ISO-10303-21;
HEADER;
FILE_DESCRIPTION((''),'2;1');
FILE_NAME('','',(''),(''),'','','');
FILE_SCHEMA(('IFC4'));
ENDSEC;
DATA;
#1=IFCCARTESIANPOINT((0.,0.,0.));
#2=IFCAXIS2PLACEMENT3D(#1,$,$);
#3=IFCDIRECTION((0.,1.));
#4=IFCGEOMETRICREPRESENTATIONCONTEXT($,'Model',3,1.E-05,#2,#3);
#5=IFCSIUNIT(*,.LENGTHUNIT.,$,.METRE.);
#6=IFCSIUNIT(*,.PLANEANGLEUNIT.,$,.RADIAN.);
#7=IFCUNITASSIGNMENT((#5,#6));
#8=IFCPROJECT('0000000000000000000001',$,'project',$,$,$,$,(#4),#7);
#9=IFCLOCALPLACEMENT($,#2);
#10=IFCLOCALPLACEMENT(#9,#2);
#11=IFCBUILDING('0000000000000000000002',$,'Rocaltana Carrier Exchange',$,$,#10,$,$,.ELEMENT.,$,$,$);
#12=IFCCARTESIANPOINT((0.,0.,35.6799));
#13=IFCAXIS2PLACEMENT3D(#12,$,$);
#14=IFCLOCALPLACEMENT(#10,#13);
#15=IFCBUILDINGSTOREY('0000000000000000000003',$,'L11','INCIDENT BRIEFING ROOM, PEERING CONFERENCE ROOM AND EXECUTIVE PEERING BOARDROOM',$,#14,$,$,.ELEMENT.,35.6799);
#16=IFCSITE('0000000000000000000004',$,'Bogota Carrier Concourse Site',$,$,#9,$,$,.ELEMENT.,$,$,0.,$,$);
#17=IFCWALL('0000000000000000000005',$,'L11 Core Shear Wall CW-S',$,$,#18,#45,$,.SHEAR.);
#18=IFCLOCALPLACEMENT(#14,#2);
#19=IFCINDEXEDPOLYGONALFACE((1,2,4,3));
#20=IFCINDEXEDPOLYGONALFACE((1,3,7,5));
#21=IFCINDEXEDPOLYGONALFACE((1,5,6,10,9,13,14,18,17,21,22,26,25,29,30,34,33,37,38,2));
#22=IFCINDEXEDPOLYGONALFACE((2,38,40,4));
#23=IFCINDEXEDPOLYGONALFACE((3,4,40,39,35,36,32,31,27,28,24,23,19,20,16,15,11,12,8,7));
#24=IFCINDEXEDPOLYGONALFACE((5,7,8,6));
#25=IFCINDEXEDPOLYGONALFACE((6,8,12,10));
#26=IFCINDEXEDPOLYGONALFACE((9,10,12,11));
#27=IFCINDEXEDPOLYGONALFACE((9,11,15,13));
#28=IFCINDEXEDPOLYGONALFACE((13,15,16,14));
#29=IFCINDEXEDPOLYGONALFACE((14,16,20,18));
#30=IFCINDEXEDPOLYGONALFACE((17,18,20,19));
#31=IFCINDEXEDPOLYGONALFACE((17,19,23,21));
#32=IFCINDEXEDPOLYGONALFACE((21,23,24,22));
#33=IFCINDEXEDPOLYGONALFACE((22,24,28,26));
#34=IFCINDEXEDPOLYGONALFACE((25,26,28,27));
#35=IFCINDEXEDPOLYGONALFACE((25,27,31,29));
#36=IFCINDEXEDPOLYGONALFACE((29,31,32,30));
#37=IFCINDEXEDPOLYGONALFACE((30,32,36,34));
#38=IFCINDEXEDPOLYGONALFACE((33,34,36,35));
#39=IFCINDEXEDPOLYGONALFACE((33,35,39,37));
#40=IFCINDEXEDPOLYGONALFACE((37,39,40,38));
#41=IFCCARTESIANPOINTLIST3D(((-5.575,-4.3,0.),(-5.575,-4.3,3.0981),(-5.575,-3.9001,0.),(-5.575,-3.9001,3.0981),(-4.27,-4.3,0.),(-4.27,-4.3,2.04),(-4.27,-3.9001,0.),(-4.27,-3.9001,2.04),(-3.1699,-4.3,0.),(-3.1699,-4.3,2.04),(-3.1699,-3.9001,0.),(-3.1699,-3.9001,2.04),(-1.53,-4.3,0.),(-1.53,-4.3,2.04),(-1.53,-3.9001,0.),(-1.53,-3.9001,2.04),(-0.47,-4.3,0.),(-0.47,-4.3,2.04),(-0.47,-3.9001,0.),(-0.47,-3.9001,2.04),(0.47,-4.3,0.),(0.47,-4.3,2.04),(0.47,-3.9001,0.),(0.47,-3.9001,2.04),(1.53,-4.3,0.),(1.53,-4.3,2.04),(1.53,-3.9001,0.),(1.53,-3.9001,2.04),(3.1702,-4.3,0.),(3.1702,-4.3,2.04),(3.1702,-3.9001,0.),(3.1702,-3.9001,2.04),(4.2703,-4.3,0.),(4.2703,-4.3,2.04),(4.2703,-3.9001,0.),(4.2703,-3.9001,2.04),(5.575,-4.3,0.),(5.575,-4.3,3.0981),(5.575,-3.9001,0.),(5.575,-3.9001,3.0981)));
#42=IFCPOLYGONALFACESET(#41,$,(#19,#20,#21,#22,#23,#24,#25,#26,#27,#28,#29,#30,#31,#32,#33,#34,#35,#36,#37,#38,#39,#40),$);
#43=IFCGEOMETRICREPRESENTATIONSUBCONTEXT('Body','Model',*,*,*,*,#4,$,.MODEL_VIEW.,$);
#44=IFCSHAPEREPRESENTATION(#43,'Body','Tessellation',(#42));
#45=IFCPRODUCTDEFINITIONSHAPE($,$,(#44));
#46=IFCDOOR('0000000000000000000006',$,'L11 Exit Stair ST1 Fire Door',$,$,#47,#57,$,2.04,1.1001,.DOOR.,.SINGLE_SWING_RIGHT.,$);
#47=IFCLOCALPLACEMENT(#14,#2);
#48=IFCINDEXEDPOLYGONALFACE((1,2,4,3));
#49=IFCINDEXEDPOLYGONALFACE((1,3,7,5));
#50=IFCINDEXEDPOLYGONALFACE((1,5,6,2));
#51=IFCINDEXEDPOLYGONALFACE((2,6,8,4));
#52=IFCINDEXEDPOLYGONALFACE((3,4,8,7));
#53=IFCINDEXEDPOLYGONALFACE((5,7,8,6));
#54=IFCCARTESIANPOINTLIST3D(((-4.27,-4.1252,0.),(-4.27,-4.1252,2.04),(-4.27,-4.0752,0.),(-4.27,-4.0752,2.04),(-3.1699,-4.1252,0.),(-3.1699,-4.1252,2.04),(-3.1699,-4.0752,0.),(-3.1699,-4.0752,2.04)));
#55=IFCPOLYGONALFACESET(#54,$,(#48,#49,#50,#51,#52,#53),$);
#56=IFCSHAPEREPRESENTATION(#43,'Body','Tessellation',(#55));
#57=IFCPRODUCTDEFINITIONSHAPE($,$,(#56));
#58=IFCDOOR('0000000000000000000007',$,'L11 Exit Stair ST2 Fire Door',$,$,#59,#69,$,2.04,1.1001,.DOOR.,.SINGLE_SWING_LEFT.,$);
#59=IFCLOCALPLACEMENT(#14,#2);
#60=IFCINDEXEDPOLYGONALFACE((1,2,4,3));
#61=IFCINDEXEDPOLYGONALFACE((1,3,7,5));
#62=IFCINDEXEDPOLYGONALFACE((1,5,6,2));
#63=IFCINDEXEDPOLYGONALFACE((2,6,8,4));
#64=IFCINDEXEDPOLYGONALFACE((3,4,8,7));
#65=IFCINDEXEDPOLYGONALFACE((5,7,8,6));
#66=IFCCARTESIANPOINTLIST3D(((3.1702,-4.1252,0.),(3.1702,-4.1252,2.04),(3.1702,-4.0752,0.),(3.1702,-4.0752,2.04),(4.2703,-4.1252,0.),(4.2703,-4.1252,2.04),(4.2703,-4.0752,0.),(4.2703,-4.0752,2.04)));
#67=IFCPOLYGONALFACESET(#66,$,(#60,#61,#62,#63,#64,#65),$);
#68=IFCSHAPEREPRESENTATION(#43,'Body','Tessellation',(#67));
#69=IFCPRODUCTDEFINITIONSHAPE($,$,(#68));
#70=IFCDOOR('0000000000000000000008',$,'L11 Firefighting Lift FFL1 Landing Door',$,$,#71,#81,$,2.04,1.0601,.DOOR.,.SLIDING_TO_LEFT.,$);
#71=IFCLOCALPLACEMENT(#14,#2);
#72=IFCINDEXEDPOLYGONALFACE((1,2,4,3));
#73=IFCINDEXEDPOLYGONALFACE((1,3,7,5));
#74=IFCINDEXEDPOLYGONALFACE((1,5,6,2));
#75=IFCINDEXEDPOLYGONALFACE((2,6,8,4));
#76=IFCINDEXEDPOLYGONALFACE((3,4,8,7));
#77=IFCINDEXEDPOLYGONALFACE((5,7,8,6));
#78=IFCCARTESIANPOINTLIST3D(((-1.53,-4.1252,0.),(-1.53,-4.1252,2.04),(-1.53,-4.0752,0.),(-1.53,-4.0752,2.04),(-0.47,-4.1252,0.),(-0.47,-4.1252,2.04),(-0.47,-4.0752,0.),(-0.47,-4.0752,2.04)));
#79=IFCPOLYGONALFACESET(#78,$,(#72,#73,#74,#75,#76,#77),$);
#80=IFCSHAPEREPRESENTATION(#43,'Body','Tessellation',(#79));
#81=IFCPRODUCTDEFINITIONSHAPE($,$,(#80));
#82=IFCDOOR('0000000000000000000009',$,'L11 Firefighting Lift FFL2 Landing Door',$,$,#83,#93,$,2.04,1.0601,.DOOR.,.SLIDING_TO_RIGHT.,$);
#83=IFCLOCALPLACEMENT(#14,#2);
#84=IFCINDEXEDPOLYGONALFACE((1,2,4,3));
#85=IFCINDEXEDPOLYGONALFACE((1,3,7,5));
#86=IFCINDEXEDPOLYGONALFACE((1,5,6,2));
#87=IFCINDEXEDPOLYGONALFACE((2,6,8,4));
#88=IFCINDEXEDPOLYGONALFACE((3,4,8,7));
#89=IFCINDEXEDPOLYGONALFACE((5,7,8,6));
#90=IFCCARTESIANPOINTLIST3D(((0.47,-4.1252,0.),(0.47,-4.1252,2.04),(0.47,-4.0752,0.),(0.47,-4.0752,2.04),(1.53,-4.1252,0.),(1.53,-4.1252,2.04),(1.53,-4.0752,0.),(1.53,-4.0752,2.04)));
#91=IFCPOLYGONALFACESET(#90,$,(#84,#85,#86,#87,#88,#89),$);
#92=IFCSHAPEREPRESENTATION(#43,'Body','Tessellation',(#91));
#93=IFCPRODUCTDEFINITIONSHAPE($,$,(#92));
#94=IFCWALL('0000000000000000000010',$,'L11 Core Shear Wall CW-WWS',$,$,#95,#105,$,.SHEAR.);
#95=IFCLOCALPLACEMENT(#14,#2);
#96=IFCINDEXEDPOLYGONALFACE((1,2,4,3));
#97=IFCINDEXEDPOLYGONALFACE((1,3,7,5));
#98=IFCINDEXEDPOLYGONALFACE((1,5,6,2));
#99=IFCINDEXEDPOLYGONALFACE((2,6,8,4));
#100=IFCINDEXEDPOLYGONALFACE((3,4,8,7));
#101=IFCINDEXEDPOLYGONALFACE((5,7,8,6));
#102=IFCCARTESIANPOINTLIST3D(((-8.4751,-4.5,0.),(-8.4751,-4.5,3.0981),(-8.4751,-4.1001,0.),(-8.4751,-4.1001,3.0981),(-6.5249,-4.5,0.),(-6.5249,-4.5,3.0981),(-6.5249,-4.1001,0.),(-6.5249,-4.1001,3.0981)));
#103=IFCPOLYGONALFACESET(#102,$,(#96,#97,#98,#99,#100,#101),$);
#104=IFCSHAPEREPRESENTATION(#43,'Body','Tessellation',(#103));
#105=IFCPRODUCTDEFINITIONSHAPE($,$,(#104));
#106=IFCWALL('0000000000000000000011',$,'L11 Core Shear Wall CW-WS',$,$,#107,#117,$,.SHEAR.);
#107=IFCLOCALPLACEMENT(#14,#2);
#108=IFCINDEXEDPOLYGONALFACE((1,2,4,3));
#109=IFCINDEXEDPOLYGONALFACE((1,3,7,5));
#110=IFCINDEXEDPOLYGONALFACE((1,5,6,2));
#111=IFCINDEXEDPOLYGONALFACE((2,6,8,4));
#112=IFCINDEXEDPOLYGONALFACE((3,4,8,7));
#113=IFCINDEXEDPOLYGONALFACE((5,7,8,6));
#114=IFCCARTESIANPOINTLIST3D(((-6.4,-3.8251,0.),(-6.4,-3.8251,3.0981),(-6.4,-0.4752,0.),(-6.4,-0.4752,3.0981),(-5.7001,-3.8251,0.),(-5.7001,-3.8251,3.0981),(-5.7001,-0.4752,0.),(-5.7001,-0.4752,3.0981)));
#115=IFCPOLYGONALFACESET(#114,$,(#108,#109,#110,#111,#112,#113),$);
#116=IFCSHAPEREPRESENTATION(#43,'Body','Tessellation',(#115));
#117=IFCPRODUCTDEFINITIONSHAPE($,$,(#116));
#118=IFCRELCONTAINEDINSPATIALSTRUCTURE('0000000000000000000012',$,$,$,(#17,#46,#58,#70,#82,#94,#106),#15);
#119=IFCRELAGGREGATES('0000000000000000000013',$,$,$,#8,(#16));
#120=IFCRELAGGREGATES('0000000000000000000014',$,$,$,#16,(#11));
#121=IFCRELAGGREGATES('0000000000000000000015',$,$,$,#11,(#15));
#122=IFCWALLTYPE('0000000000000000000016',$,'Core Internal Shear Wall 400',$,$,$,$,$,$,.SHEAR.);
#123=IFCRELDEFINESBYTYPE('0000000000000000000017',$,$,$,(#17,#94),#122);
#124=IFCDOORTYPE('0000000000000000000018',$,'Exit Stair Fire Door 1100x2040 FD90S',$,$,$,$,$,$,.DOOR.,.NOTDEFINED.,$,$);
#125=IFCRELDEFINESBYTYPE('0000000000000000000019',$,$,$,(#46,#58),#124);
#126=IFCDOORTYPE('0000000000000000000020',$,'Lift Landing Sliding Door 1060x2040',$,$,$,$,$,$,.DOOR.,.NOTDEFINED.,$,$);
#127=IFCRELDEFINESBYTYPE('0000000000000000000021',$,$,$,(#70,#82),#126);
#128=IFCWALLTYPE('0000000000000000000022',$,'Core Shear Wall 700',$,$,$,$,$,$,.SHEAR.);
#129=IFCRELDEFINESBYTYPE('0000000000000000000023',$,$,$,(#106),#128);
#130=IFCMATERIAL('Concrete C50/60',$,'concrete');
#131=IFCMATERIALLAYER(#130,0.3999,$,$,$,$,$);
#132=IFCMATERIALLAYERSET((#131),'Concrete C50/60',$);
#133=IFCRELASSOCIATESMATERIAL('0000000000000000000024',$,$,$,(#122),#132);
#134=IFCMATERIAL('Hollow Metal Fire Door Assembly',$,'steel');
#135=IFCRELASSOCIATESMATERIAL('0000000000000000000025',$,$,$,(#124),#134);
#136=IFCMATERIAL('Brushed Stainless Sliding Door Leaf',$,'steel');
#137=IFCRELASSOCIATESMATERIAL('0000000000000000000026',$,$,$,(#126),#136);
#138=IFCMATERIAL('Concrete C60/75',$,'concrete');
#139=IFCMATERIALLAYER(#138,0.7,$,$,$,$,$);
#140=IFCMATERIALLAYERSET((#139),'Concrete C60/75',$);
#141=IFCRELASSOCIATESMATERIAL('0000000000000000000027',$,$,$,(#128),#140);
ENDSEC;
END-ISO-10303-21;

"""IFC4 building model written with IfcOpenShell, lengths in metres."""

from ifc_helpers import new_model, si_unit, direction, frame, frame_2d, origin, place, context, subcontext, project, spatial, rectangle, extrude, material, layer, layer_set, type_object, element, fill, save


model = new_model("IFC4")

# Units and contexts
model_context = context("Model", 3, precision=1e-05, world=origin(), true_north=direction((0.0, 1.0)))
body_context = subcontext(model_context, "Body", "Model", "MODEL_VIEW")
ifc_project = project(units=[si_unit("LENGTHUNIT", "METRE"), si_unit("PLANEANGLEUNIT", "RADIAN")], contexts=[model_context])

# Site, building, storey
site_placement = place(None, origin())
site = spatial("IfcSite", under=ifc_project, at=site_placement, Name="Bogota Carrier Concourse Site", CompositionType="ELEMENT", RefElevation=0.0)
building_placement = place(site_placement, origin())
building = spatial("IfcBuilding", under=site, at=building_placement, Name="Rocaltana Carrier Exchange", CompositionType="ELEMENT")
storey_placement = place(building_placement, frame((0.0, 0.0, 35.6799)))
storey = spatial("IfcBuildingStorey", under=building, at=storey_placement, Name="L11", Description="INCIDENT BRIEFING ROOM, PEERING CONFERENCE ROOM AND EXECUTIVE PEERING BOARDROOM", CompositionType="ELEMENT", Elevation=35.6799)

# Wall, openings, doors
ifc_material_1 = material(Name="Concrete C50/60", Category="concrete")
ifc_layer_1 = layer(ifc_material_1, 0.3999)
ifc_layer_set_1 = layer_set([ifc_layer_1], Name="Concrete C50/60")
wall_type_1 = type_object("IfcWallType", Name="Core Internal Shear Wall 400", PredefinedType="SHEAR", material=ifc_layer_set_1)
wall_1_placement = place(storey_placement, frame((-5.575, -4.1001, 0.0), z_axis=(0.0, 0.0, 1.0), x_axis=(1.0, 0.0, 0.0)))
wall_1 = element("IfcWall", 1, at=wall_1_placement, inside=storey, type_object=wall_type_1, Name="L11 Core Shear Wall CW-S", PredefinedType="SHEAR", context=body_context, shape_type="SweptSolid", body=[
    extrude(rectangle(XDim=11.1499, YDim=0.3999, at=frame_2d((5.575, 0.0))), origin(), (0.0, 0.0, 1.0), 3.0981),
])
opening_1_placement = place(wall_1_placement, frame((1.3049, 0.0, 0.0)))
opening_1 = element("IfcOpeningElement", 2, at=opening_1_placement, cuts=wall_1, PredefinedType="OPENING", context=body_context, shape_type="SweptSolid", body=[
    extrude(rectangle(XDim=1.1001, YDim=2.04, at=frame_2d((0.55, 1.02))), frame((0.0, 0.21, 0.0), z_axis=(0.0, -1.0, 0.0), x_axis=(1.0, 0.0, 0.0)), (0.0, 0.0, 1.0), 0.4199),
])
opening_2_placement = place(wall_1_placement, frame((8.7451, 0.0, 0.0)))
opening_2 = element("IfcOpeningElement", 3, at=opening_2_placement, cuts=wall_1, PredefinedType="OPENING", context=body_context, shape_type="SweptSolid", body=[
    extrude(rectangle(XDim=1.1001, YDim=2.04, at=frame_2d((0.55, 1.02))), frame((0.0, 0.21, 0.0), z_axis=(0.0, -1.0, 0.0), x_axis=(1.0, 0.0, 0.0)), (0.0, 0.0, 1.0), 0.4199),
])
opening_3_placement = place(wall_1_placement, frame((4.0449, 0.0, 0.0)))
opening_3 = element("IfcOpeningElement", 4, at=opening_3_placement, cuts=wall_1, PredefinedType="OPENING", context=body_context, shape_type="SweptSolid", body=[
    extrude(rectangle(XDim=1.0601, YDim=2.04, at=frame_2d((0.53, 1.02))), frame((0.0, 0.21, 0.0), z_axis=(0.0, -1.0, 0.0), x_axis=(1.0, 0.0, 0.0)), (0.0, 0.0, 1.0), 0.4199),
])
opening_4_placement = place(wall_1_placement, frame((6.0449, 0.0, 0.0)))
opening_4 = element("IfcOpeningElement", 5, at=opening_4_placement, cuts=wall_1, PredefinedType="OPENING", context=body_context, shape_type="SweptSolid", body=[
    extrude(rectangle(XDim=1.0601, YDim=2.04, at=frame_2d((0.53, 1.02))), frame((0.0, 0.21, 0.0), z_axis=(0.0, -1.0, 0.0), x_axis=(1.0, 0.0, 0.0)), (0.0, 0.0, 1.0), 0.4199),
])
ifc_material_2 = material(Name="Hollow Metal Fire Door Assembly", Category="steel")
door_type_1 = type_object("IfcDoorType", Name="Exit Stair Fire Door 1100x2040 FD90S", OperationType="NOTDEFINED", PredefinedType="DOOR", material=ifc_material_2)
door_1_placement = place(opening_1_placement, origin())
door_1 = element("IfcDoor", 6, at=door_1_placement, inside=storey, type_object=door_type_1, Name="L11 Exit Stair ST1 Fire Door", OperationType="SINGLE_SWING_RIGHT", OverallHeight=2.04, OverallWidth=1.1001, PredefinedType="DOOR", context=body_context, shape_type="SweptSolid", body=[
    extrude(rectangle(XDim=1.1001, YDim=2.04, at=frame_2d((0.55, 1.02))), frame((0.0, 0.0249, 0.0), z_axis=(0.0, -1.0, 0.0), x_axis=(1.0, 0.0, 0.0)), (0.0, 0.0, 1.0), 0.05),
])
fill(opening_1, door_1)
door_2_placement = place(opening_2_placement, origin())
door_2 = element("IfcDoor", 7, at=door_2_placement, inside=storey, type_object=door_type_1, Name="L11 Exit Stair ST2 Fire Door", OperationType="SINGLE_SWING_LEFT", OverallHeight=2.04, OverallWidth=1.1001, PredefinedType="DOOR", context=body_context, shape_type="SweptSolid", body=[
    extrude(rectangle(XDim=1.1001, YDim=2.04, at=frame_2d((0.55, 1.02))), frame((0.0, 0.0249, 0.0), z_axis=(0.0, -1.0, 0.0), x_axis=(1.0, 0.0, 0.0)), (0.0, 0.0, 1.0), 0.05),
])
fill(opening_2, door_2)
ifc_material_3 = material(Name="Brushed Stainless Sliding Door Leaf", Category="steel")
door_type_2 = type_object("IfcDoorType", Name="Lift Landing Sliding Door 1060x2040", OperationType="NOTDEFINED", PredefinedType="DOOR", material=ifc_material_3)
door_3_placement = place(opening_3_placement, origin())
door_3 = element("IfcDoor", 8, at=door_3_placement, inside=storey, type_object=door_type_2, Name="L11 Firefighting Lift FFL1 Landing Door", OperationType="SLIDING_TO_LEFT", OverallHeight=2.04, OverallWidth=1.0601, PredefinedType="DOOR", context=body_context, shape_type="SweptSolid", body=[
    extrude(rectangle(XDim=1.0601, YDim=2.04, at=frame_2d((0.53, 1.02))), frame((0.0, 0.0249, 0.0), z_axis=(0.0, -1.0, 0.0), x_axis=(1.0, 0.0, 0.0)), (0.0, 0.0, 1.0), 0.05),
])
fill(opening_3, door_3)
door_4_placement = place(opening_4_placement, origin())
door_4 = element("IfcDoor", 9, at=door_4_placement, inside=storey, type_object=door_type_2, Name="L11 Firefighting Lift FFL2 Landing Door", OperationType="SLIDING_TO_RIGHT", OverallHeight=2.04, OverallWidth=1.0601, PredefinedType="DOOR", context=body_context, shape_type="SweptSolid", body=[
    extrude(rectangle(XDim=1.0601, YDim=2.04, at=frame_2d((0.53, 1.02))), frame((0.0, 0.0249, 0.0), z_axis=(0.0, -1.0, 0.0), x_axis=(1.0, 0.0, 0.0)), (0.0, 0.0, 1.0), 0.05),
])
fill(opening_4, door_4)

# Walls
wall_2_placement = place(storey_placement, frame((-8.4751, -4.3, 0.0), z_axis=(0.0, 0.0, 1.0), x_axis=(1.0, 0.0, 0.0)))
element("IfcWall", 10, at=wall_2_placement, inside=storey, type_object=wall_type_1, Name="L11 Core Shear Wall CW-WWS", PredefinedType="SHEAR", context=body_context, shape_type="SweptSolid", body=[
    extrude(rectangle(XDim=1.9502, YDim=0.3999, at=frame_2d((0.9751, 0.0))), origin(), (0.0, 0.0, 1.0), 3.0981),
])
ifc_material_4 = material(Name="Concrete C60/75", Category="concrete")
ifc_layer_2 = layer(ifc_material_4, 0.7)
ifc_layer_set_2 = layer_set([ifc_layer_2], Name="Concrete C60/75")
wall_type_2 = type_object("IfcWallType", Name="Core Shear Wall 700", PredefinedType="SHEAR", material=ifc_layer_set_2)
wall_3_placement = place(storey_placement, frame((-6.05, -3.825, 0.0), z_axis=(0.0, 0.0, 1.0), x_axis=(0.0, 1.0, 0.0)))
element("IfcWall", 11, at=wall_3_placement, inside=storey, type_object=wall_type_2, Name="L11 Core Shear Wall CW-WS", PredefinedType="SHEAR", context=body_context, shape_type="SweptSolid", body=[
    extrude(rectangle(XDim=3.3499, YDim=0.7, at=frame_2d((1.6748, 0.0))), origin(), (0.0, 0.0, 1.0), 3.0981),
])

save(model, "model.ifc")
